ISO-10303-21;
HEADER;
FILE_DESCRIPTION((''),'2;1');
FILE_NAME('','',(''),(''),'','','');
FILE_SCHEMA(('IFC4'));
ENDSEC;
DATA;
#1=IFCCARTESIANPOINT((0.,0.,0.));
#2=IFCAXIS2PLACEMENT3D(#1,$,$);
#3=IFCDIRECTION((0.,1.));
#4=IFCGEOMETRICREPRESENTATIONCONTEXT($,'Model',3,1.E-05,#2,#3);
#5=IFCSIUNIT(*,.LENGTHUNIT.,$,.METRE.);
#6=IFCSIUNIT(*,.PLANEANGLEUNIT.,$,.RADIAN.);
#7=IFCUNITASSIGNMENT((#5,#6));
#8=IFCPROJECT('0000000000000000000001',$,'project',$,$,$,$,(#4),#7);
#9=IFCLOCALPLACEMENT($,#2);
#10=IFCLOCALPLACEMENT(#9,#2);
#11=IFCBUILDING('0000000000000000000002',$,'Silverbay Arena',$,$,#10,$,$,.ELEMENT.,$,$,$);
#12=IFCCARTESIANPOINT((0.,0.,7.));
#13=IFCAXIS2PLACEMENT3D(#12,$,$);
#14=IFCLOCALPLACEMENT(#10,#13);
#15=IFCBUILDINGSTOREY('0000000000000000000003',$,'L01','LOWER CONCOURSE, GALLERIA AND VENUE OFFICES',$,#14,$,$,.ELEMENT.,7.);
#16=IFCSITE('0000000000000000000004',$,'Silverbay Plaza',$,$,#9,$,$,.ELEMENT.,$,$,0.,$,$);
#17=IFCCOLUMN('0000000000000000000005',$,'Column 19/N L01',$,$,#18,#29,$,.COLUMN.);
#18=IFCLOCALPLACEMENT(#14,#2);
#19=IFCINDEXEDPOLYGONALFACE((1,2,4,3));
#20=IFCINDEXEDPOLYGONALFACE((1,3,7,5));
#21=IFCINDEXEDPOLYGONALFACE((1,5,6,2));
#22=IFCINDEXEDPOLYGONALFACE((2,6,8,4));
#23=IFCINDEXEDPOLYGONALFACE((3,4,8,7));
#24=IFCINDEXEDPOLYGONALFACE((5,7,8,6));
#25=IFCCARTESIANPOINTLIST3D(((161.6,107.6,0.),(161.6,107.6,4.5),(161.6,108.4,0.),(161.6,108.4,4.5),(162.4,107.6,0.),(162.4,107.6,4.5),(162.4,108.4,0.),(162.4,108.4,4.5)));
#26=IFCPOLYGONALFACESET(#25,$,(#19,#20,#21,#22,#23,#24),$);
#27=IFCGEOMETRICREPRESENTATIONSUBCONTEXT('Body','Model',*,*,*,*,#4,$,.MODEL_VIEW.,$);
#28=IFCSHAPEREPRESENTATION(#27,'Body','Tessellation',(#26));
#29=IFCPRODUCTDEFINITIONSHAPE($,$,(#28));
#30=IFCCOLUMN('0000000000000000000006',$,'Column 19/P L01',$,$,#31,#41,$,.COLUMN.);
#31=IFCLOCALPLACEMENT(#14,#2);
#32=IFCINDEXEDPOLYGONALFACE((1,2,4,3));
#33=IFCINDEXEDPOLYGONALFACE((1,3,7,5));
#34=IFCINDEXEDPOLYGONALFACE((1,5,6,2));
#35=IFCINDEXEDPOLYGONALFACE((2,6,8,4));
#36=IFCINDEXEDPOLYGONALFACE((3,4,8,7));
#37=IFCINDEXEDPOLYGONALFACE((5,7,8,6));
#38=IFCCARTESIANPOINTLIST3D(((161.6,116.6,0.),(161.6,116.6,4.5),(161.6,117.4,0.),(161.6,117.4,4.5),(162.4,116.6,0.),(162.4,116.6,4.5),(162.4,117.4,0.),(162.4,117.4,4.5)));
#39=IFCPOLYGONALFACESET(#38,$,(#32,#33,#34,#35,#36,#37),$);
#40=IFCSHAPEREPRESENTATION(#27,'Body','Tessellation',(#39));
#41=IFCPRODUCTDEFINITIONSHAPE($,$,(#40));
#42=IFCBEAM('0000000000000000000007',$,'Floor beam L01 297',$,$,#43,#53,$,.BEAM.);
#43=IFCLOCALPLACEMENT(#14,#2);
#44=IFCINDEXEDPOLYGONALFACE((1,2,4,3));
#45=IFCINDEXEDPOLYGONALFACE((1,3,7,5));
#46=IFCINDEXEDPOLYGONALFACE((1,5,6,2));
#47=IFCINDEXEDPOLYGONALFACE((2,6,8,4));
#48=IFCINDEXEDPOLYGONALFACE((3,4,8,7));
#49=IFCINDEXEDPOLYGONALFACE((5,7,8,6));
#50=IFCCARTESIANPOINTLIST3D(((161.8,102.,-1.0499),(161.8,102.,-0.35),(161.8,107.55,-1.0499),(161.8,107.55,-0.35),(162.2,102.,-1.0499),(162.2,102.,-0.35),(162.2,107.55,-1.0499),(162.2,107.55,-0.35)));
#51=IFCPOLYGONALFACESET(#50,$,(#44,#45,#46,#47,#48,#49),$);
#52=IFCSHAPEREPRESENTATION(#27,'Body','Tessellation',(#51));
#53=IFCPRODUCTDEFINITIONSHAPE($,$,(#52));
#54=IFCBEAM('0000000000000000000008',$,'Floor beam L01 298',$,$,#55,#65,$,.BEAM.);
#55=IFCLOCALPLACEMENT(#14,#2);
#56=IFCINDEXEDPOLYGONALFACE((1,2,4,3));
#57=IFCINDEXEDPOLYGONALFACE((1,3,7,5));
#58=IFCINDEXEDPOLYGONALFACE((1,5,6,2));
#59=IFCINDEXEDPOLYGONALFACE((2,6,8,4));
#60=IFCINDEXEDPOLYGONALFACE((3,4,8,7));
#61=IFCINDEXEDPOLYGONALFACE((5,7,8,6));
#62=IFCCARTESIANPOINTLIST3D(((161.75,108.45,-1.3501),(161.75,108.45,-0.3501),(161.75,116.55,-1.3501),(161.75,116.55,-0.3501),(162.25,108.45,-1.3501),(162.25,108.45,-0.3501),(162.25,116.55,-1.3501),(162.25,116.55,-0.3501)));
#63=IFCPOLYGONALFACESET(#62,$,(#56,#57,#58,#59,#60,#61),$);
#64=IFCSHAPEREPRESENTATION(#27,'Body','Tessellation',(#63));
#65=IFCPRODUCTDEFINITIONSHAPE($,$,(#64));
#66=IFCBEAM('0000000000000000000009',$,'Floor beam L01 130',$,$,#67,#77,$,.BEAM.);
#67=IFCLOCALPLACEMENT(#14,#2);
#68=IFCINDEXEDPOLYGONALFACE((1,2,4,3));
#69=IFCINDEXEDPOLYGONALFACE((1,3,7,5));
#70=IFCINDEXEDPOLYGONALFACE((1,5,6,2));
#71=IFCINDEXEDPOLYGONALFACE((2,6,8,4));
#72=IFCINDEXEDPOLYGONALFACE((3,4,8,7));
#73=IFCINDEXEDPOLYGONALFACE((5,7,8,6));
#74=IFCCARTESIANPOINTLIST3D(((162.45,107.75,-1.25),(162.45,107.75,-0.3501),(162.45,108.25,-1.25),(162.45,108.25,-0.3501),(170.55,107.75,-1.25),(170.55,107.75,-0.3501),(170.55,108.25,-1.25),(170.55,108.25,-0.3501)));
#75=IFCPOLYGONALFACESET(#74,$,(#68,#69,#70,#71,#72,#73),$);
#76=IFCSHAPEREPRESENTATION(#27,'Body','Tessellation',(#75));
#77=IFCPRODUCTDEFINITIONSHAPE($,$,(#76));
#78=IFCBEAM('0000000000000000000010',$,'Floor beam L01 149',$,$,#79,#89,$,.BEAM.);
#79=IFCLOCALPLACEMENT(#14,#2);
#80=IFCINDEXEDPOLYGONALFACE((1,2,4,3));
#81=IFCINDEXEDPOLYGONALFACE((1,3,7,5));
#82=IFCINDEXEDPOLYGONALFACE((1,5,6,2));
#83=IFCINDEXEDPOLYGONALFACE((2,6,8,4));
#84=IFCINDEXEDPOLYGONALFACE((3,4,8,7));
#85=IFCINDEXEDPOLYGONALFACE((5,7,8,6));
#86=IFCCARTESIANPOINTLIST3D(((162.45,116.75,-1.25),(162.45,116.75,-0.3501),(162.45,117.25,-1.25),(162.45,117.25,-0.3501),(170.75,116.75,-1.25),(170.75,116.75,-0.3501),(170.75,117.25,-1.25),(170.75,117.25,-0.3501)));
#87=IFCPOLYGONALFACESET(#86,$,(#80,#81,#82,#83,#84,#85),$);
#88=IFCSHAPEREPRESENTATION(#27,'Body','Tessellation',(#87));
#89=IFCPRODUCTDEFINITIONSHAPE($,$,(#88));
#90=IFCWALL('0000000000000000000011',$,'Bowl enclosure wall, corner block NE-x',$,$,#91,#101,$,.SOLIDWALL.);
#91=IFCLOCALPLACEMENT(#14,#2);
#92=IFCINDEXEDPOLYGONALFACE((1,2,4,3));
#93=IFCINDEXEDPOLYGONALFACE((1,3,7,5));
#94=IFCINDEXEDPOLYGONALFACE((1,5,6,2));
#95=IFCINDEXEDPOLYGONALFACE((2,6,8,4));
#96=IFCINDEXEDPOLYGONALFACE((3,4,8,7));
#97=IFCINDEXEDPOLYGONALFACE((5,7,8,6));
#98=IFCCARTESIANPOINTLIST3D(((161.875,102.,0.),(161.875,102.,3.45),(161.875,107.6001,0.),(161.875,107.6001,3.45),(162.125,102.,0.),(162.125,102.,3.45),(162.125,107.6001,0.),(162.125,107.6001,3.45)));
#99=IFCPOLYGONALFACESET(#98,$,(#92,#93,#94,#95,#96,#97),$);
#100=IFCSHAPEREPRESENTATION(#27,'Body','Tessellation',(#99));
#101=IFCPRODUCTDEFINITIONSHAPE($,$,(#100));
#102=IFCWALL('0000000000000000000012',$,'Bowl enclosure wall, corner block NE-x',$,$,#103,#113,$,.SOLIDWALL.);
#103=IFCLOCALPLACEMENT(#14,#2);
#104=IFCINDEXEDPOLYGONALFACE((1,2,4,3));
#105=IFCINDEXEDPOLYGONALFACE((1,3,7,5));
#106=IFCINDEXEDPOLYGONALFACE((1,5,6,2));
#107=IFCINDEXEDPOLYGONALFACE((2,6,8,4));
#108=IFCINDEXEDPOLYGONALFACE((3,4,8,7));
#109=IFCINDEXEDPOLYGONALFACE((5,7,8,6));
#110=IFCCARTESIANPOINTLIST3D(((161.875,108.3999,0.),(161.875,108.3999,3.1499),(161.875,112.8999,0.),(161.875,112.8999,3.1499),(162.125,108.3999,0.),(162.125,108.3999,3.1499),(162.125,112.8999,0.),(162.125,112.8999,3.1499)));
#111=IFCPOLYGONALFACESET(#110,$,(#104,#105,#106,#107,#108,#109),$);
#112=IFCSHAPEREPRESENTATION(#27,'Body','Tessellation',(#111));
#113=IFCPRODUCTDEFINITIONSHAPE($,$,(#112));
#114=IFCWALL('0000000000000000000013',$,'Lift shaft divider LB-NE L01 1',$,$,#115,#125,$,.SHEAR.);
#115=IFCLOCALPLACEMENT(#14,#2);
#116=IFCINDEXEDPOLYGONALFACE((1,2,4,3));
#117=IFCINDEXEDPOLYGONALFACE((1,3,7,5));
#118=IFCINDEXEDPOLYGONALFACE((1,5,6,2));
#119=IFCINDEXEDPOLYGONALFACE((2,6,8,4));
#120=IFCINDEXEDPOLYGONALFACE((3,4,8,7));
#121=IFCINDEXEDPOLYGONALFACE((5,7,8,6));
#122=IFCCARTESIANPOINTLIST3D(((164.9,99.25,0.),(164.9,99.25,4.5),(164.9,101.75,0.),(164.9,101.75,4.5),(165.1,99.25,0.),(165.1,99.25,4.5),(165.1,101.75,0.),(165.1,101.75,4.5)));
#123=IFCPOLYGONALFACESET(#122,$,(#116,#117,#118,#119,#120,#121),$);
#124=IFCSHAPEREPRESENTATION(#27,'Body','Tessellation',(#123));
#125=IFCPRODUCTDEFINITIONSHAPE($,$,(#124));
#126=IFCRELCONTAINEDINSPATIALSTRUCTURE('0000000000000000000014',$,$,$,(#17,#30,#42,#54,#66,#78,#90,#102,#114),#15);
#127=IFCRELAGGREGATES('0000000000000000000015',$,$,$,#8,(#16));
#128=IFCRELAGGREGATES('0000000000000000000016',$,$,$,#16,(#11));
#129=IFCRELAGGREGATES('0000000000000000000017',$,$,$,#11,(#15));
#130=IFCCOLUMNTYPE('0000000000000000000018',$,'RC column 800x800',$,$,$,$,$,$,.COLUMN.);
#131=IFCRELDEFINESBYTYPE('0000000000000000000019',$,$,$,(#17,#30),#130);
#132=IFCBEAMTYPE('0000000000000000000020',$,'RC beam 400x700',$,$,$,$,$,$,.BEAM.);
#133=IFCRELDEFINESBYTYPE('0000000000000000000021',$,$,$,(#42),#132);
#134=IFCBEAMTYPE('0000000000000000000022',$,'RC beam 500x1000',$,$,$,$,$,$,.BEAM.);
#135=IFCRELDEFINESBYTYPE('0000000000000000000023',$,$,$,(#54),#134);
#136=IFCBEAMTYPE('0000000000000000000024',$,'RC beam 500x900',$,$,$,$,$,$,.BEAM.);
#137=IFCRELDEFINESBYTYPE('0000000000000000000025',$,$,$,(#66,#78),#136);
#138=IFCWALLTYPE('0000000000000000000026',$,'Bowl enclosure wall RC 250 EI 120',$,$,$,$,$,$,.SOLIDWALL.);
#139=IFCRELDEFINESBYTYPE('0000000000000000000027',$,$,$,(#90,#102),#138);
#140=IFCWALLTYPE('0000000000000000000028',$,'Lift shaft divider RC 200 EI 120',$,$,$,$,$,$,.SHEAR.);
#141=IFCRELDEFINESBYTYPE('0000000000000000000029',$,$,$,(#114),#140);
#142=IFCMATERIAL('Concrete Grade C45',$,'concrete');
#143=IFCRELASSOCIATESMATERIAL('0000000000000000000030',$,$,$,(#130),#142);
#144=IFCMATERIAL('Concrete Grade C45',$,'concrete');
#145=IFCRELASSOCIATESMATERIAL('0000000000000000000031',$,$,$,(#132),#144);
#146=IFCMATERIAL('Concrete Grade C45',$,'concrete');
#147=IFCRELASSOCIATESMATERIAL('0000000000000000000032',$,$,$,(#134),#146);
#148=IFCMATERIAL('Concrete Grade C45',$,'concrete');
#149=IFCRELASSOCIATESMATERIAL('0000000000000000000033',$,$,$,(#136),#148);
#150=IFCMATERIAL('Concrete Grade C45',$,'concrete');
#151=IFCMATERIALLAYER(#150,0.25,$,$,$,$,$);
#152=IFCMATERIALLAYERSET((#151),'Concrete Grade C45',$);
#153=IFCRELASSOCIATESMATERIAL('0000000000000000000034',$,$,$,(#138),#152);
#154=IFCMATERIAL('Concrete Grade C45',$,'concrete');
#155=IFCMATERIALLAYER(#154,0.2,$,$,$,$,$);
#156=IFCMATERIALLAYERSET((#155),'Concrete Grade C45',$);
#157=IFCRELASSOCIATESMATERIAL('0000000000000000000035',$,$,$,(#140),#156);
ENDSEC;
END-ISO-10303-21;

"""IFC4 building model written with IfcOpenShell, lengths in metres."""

from ifc_helpers import new_model, si_unit, direction, frame, frame_2d, origin, origin_2d, place, context, subcontext, project, spatial, rectangle, extrude, material, layer, layer_set, material_profile, profile_set, type_object, element, save


model = new_model("IFC4")

# Units and contexts
model_context = context("Model", 3, precision=1e-05, world=origin(), true_north=direction((0.0, 1.0)))
body_context = subcontext(model_context, "Body", "Model", "MODEL_VIEW")
ifc_project = project(units=[si_unit("LENGTHUNIT", "METRE"), si_unit("PLANEANGLEUNIT", "RADIAN")], contexts=[model_context])

# Site, building, storey
site_placement = place(None, origin())
site = spatial("IfcSite", under=ifc_project, at=site_placement, Name="Silverbay Plaza", CompositionType="ELEMENT", RefElevation=0.0)
building_placement = place(site_placement, origin())
building = spatial("IfcBuilding", under=site, at=building_placement, Name="Silverbay Arena", CompositionType="ELEMENT")
storey_placement = place(building_placement, frame((0.0, 0.0, 7.0)))
storey = spatial("IfcBuildingStorey", under=building, at=storey_placement, Name="L01", Description="LOWER CONCOURSE, GALLERIA AND VENUE OFFICES", CompositionType="ELEMENT", Elevation=7.0)

# Columns
ifc_material_1 = material(Name="Concrete Grade C45", Category="concrete")
ifc_material_profile_1 = material_profile(ifc_material_1, rectangle(XDim=0.8, YDim=0.8, at=origin_2d()), Name="RC 800x800")
ifc_profile_set_1 = profile_set([ifc_material_profile_1], Name="Concrete Grade C45")
column_type = type_object("IfcColumnType", Name="RC column 800x800", PredefinedType="COLUMN", material=ifc_profile_set_1)
for number, where, z_axis, x_axis, name in (
    (1, (162.0, 108.0, 0.0), (0.0, 0.0, 1.0), (1.0, 0.0, 0.0), "Column 19/N L01"),
    (2, (162.0, 117.0, 0.0), (0.0, 0.0, 1.0), (1.0, 0.0, 0.0), "Column 19/P L01"),
):
    element("IfcColumn", number, at=place(storey_placement, frame(where, z_axis=z_axis, x_axis=x_axis)), inside=storey, type_object=column_type, Name=name, PredefinedType="COLUMN", context=body_context, shape_type="SweptSolid", body=[
        extrude(rectangle(XDim=0.8, YDim=0.8, at=origin_2d()), origin(), (0.0, 0.0, 1.0), 4.5),
    ])

# Beams
ifc_material_2 = material(Name="Concrete Grade C45", Category="concrete")
ifc_material_profile_2 = material_profile(ifc_material_2, rectangle(XDim=0.3999, YDim=0.7, at=origin_2d()), Name="RC 400x700")
ifc_profile_set_2 = profile_set([ifc_material_profile_2], Name="Concrete Grade C45")
beam_type_1 = type_object("IfcBeamType", Name="RC beam 400x700", PredefinedType="BEAM", material=ifc_profile_set_2)
beam_1_placement = place(storey_placement, frame((162.0, 102.0, -0.7), z_axis=(0.0, 1.0, 0.0), x_axis=(-1.0, 0.0, 0.0)))
element("IfcBeam", 3, at=beam_1_placement, inside=storey, type_object=beam_type_1, Name="Floor beam L01 297", PredefinedType="BEAM", context=body_context, shape_type="SweptSolid", body=[
    extrude(rectangle(XDim=0.3999, YDim=0.7, at=origin_2d()), origin(), (0.0, 0.0, 1.0), 5.55),
])
ifc_material_3 = material(Name="Concrete Grade C45", Category="concrete")
ifc_material_profile_3 = material_profile(ifc_material_3, rectangle(XDim=0.5, YDim=1.0, at=origin_2d()), Name="RC 500x1000")
ifc_profile_set_3 = profile_set([ifc_material_profile_3], Name="Concrete Grade C45")
beam_type_2 = type_object("IfcBeamType", Name="RC beam 500x1000", PredefinedType="BEAM", material=ifc_profile_set_3)
beam_2_placement = place(storey_placement, frame((162.0, 108.45, -0.8501), z_axis=(0.0, 1.0, 0.0), x_axis=(-1.0, 0.0, 0.0)))
element("IfcBeam", 4, at=beam_2_placement, inside=storey, type_object=beam_type_2, Name="Floor beam L01 298", PredefinedType="BEAM", context=body_context, shape_type="SweptSolid", body=[
    extrude(rectangle(XDim=0.5, YDim=1.0, at=origin_2d()), origin(), (0.0, 0.0, 1.0), 8.1001),
])
ifc_material_4 = material(Name="Concrete Grade C45", Category="concrete")
ifc_material_profile_4 = material_profile(ifc_material_4, rectangle(XDim=0.5, YDim=0.8999, at=origin_2d()), Name="RC 500x900")
ifc_profile_set_4 = profile_set([ifc_material_profile_4], Name="Concrete Grade C45")
beam_type_3 = type_object("IfcBeamType", Name="RC beam 500x900", PredefinedType="BEAM", material=ifc_profile_set_4)
beam_3_placement = place(storey_placement, frame((162.45, 108.0, -0.8), z_axis=(1.0, 0.0, 0.0), x_axis=(0.0, 1.0, 0.0)))
element("IfcBeam", 5, at=beam_3_placement, inside=storey, type_object=beam_type_3, Name="Floor beam L01 130", PredefinedType="BEAM", context=body_context, shape_type="SweptSolid", body=[
    extrude(rectangle(XDim=0.5, YDim=0.8999, at=origin_2d()), origin(), (0.0, 0.0, 1.0), 8.1001),
])
beam_4_placement = place(storey_placement, frame((162.45, 117.0, -0.8), z_axis=(1.0, 0.0, 0.0), x_axis=(0.0, 1.0, 0.0)))
element("IfcBeam", 6, at=beam_4_placement, inside=storey, type_object=beam_type_3, Name="Floor beam L01 149", PredefinedType="BEAM", context=body_context, shape_type="SweptSolid", body=[
    extrude(rectangle(XDim=0.5, YDim=0.8999, at=origin_2d()), origin(), (0.0, 0.0, 1.0), 8.3),
])

# Shared definitions
ifc_material_5 = material(Name="Concrete Grade C45", Category="concrete")
ifc_layer_1 = layer(ifc_material_5, 0.25)
ifc_layer_set_1 = layer_set([ifc_layer_1], Name="Concrete Grade C45")
wall_type_1 = type_object("IfcWallType", Name="Bowl enclosure wall RC 250 EI 120", PredefinedType="SOLIDWALL", material=ifc_layer_set_1)

# Walls
wall_1_placement = place(storey_placement, frame((162.0, 102.0, 0.0), z_axis=(0.0, 0.0, 1.0), x_axis=(0.0, 1.0, 0.0)))
element("IfcWall", 7, at=wall_1_placement, inside=storey, type_object=wall_type_1, Name="Bowl enclosure wall, corner block NE-x", PredefinedType="SOLIDWALL", context=body_context, shape_type="SweptSolid", body=[
    extrude(rectangle(XDim=5.6001, YDim=0.25, at=frame_2d((2.8, 0.0))), origin(), (0.0, 0.0, 1.0), 3.45),
])
wall_2_placement = place(storey_placement, frame((162.0, 108.3999, 0.0), z_axis=(0.0, 0.0, 1.0), x_axis=(0.0, 1.0, 0.0)))
element("IfcWall", 8, at=wall_2_placement, inside=storey, type_object=wall_type_1, Name="Bowl enclosure wall, corner block NE-x", PredefinedType="SOLIDWALL", context=body_context, shape_type="SweptSolid", body=[
    extrude(rectangle(XDim=4.5, YDim=0.25, at=frame_2d((2.25, 0.0))), origin(), (0.0, 0.0, 1.0), 3.1499),
])
ifc_material_6 = material(Name="Concrete Grade C45", Category="concrete")
ifc_layer_2 = layer(ifc_material_6, 0.2)
ifc_layer_set_2 = layer_set([ifc_layer_2], Name="Concrete Grade C45")
wall_type_2 = type_object("IfcWallType", Name="Lift shaft divider RC 200 EI 120", PredefinedType="SHEAR", material=ifc_layer_set_2)
wall_3_placement = place(storey_placement, frame((165.0, 99.25, 0.0), z_axis=(0.0, 0.0, 1.0), x_axis=(0.0, 1.0, 0.0)))
element("IfcWall", 9, at=wall_3_placement, inside=storey, type_object=wall_type_2, Name="Lift shaft divider LB-NE L01 1", PredefinedType="SHEAR", context=body_context, shape_type="SweptSolid", body=[
    extrude(rectangle(XDim=2.5, YDim=0.2, at=frame_2d((1.25, 0.0))), origin(), (0.0, 0.0, 1.0), 4.5),
])

save(model, "model.ifc")
